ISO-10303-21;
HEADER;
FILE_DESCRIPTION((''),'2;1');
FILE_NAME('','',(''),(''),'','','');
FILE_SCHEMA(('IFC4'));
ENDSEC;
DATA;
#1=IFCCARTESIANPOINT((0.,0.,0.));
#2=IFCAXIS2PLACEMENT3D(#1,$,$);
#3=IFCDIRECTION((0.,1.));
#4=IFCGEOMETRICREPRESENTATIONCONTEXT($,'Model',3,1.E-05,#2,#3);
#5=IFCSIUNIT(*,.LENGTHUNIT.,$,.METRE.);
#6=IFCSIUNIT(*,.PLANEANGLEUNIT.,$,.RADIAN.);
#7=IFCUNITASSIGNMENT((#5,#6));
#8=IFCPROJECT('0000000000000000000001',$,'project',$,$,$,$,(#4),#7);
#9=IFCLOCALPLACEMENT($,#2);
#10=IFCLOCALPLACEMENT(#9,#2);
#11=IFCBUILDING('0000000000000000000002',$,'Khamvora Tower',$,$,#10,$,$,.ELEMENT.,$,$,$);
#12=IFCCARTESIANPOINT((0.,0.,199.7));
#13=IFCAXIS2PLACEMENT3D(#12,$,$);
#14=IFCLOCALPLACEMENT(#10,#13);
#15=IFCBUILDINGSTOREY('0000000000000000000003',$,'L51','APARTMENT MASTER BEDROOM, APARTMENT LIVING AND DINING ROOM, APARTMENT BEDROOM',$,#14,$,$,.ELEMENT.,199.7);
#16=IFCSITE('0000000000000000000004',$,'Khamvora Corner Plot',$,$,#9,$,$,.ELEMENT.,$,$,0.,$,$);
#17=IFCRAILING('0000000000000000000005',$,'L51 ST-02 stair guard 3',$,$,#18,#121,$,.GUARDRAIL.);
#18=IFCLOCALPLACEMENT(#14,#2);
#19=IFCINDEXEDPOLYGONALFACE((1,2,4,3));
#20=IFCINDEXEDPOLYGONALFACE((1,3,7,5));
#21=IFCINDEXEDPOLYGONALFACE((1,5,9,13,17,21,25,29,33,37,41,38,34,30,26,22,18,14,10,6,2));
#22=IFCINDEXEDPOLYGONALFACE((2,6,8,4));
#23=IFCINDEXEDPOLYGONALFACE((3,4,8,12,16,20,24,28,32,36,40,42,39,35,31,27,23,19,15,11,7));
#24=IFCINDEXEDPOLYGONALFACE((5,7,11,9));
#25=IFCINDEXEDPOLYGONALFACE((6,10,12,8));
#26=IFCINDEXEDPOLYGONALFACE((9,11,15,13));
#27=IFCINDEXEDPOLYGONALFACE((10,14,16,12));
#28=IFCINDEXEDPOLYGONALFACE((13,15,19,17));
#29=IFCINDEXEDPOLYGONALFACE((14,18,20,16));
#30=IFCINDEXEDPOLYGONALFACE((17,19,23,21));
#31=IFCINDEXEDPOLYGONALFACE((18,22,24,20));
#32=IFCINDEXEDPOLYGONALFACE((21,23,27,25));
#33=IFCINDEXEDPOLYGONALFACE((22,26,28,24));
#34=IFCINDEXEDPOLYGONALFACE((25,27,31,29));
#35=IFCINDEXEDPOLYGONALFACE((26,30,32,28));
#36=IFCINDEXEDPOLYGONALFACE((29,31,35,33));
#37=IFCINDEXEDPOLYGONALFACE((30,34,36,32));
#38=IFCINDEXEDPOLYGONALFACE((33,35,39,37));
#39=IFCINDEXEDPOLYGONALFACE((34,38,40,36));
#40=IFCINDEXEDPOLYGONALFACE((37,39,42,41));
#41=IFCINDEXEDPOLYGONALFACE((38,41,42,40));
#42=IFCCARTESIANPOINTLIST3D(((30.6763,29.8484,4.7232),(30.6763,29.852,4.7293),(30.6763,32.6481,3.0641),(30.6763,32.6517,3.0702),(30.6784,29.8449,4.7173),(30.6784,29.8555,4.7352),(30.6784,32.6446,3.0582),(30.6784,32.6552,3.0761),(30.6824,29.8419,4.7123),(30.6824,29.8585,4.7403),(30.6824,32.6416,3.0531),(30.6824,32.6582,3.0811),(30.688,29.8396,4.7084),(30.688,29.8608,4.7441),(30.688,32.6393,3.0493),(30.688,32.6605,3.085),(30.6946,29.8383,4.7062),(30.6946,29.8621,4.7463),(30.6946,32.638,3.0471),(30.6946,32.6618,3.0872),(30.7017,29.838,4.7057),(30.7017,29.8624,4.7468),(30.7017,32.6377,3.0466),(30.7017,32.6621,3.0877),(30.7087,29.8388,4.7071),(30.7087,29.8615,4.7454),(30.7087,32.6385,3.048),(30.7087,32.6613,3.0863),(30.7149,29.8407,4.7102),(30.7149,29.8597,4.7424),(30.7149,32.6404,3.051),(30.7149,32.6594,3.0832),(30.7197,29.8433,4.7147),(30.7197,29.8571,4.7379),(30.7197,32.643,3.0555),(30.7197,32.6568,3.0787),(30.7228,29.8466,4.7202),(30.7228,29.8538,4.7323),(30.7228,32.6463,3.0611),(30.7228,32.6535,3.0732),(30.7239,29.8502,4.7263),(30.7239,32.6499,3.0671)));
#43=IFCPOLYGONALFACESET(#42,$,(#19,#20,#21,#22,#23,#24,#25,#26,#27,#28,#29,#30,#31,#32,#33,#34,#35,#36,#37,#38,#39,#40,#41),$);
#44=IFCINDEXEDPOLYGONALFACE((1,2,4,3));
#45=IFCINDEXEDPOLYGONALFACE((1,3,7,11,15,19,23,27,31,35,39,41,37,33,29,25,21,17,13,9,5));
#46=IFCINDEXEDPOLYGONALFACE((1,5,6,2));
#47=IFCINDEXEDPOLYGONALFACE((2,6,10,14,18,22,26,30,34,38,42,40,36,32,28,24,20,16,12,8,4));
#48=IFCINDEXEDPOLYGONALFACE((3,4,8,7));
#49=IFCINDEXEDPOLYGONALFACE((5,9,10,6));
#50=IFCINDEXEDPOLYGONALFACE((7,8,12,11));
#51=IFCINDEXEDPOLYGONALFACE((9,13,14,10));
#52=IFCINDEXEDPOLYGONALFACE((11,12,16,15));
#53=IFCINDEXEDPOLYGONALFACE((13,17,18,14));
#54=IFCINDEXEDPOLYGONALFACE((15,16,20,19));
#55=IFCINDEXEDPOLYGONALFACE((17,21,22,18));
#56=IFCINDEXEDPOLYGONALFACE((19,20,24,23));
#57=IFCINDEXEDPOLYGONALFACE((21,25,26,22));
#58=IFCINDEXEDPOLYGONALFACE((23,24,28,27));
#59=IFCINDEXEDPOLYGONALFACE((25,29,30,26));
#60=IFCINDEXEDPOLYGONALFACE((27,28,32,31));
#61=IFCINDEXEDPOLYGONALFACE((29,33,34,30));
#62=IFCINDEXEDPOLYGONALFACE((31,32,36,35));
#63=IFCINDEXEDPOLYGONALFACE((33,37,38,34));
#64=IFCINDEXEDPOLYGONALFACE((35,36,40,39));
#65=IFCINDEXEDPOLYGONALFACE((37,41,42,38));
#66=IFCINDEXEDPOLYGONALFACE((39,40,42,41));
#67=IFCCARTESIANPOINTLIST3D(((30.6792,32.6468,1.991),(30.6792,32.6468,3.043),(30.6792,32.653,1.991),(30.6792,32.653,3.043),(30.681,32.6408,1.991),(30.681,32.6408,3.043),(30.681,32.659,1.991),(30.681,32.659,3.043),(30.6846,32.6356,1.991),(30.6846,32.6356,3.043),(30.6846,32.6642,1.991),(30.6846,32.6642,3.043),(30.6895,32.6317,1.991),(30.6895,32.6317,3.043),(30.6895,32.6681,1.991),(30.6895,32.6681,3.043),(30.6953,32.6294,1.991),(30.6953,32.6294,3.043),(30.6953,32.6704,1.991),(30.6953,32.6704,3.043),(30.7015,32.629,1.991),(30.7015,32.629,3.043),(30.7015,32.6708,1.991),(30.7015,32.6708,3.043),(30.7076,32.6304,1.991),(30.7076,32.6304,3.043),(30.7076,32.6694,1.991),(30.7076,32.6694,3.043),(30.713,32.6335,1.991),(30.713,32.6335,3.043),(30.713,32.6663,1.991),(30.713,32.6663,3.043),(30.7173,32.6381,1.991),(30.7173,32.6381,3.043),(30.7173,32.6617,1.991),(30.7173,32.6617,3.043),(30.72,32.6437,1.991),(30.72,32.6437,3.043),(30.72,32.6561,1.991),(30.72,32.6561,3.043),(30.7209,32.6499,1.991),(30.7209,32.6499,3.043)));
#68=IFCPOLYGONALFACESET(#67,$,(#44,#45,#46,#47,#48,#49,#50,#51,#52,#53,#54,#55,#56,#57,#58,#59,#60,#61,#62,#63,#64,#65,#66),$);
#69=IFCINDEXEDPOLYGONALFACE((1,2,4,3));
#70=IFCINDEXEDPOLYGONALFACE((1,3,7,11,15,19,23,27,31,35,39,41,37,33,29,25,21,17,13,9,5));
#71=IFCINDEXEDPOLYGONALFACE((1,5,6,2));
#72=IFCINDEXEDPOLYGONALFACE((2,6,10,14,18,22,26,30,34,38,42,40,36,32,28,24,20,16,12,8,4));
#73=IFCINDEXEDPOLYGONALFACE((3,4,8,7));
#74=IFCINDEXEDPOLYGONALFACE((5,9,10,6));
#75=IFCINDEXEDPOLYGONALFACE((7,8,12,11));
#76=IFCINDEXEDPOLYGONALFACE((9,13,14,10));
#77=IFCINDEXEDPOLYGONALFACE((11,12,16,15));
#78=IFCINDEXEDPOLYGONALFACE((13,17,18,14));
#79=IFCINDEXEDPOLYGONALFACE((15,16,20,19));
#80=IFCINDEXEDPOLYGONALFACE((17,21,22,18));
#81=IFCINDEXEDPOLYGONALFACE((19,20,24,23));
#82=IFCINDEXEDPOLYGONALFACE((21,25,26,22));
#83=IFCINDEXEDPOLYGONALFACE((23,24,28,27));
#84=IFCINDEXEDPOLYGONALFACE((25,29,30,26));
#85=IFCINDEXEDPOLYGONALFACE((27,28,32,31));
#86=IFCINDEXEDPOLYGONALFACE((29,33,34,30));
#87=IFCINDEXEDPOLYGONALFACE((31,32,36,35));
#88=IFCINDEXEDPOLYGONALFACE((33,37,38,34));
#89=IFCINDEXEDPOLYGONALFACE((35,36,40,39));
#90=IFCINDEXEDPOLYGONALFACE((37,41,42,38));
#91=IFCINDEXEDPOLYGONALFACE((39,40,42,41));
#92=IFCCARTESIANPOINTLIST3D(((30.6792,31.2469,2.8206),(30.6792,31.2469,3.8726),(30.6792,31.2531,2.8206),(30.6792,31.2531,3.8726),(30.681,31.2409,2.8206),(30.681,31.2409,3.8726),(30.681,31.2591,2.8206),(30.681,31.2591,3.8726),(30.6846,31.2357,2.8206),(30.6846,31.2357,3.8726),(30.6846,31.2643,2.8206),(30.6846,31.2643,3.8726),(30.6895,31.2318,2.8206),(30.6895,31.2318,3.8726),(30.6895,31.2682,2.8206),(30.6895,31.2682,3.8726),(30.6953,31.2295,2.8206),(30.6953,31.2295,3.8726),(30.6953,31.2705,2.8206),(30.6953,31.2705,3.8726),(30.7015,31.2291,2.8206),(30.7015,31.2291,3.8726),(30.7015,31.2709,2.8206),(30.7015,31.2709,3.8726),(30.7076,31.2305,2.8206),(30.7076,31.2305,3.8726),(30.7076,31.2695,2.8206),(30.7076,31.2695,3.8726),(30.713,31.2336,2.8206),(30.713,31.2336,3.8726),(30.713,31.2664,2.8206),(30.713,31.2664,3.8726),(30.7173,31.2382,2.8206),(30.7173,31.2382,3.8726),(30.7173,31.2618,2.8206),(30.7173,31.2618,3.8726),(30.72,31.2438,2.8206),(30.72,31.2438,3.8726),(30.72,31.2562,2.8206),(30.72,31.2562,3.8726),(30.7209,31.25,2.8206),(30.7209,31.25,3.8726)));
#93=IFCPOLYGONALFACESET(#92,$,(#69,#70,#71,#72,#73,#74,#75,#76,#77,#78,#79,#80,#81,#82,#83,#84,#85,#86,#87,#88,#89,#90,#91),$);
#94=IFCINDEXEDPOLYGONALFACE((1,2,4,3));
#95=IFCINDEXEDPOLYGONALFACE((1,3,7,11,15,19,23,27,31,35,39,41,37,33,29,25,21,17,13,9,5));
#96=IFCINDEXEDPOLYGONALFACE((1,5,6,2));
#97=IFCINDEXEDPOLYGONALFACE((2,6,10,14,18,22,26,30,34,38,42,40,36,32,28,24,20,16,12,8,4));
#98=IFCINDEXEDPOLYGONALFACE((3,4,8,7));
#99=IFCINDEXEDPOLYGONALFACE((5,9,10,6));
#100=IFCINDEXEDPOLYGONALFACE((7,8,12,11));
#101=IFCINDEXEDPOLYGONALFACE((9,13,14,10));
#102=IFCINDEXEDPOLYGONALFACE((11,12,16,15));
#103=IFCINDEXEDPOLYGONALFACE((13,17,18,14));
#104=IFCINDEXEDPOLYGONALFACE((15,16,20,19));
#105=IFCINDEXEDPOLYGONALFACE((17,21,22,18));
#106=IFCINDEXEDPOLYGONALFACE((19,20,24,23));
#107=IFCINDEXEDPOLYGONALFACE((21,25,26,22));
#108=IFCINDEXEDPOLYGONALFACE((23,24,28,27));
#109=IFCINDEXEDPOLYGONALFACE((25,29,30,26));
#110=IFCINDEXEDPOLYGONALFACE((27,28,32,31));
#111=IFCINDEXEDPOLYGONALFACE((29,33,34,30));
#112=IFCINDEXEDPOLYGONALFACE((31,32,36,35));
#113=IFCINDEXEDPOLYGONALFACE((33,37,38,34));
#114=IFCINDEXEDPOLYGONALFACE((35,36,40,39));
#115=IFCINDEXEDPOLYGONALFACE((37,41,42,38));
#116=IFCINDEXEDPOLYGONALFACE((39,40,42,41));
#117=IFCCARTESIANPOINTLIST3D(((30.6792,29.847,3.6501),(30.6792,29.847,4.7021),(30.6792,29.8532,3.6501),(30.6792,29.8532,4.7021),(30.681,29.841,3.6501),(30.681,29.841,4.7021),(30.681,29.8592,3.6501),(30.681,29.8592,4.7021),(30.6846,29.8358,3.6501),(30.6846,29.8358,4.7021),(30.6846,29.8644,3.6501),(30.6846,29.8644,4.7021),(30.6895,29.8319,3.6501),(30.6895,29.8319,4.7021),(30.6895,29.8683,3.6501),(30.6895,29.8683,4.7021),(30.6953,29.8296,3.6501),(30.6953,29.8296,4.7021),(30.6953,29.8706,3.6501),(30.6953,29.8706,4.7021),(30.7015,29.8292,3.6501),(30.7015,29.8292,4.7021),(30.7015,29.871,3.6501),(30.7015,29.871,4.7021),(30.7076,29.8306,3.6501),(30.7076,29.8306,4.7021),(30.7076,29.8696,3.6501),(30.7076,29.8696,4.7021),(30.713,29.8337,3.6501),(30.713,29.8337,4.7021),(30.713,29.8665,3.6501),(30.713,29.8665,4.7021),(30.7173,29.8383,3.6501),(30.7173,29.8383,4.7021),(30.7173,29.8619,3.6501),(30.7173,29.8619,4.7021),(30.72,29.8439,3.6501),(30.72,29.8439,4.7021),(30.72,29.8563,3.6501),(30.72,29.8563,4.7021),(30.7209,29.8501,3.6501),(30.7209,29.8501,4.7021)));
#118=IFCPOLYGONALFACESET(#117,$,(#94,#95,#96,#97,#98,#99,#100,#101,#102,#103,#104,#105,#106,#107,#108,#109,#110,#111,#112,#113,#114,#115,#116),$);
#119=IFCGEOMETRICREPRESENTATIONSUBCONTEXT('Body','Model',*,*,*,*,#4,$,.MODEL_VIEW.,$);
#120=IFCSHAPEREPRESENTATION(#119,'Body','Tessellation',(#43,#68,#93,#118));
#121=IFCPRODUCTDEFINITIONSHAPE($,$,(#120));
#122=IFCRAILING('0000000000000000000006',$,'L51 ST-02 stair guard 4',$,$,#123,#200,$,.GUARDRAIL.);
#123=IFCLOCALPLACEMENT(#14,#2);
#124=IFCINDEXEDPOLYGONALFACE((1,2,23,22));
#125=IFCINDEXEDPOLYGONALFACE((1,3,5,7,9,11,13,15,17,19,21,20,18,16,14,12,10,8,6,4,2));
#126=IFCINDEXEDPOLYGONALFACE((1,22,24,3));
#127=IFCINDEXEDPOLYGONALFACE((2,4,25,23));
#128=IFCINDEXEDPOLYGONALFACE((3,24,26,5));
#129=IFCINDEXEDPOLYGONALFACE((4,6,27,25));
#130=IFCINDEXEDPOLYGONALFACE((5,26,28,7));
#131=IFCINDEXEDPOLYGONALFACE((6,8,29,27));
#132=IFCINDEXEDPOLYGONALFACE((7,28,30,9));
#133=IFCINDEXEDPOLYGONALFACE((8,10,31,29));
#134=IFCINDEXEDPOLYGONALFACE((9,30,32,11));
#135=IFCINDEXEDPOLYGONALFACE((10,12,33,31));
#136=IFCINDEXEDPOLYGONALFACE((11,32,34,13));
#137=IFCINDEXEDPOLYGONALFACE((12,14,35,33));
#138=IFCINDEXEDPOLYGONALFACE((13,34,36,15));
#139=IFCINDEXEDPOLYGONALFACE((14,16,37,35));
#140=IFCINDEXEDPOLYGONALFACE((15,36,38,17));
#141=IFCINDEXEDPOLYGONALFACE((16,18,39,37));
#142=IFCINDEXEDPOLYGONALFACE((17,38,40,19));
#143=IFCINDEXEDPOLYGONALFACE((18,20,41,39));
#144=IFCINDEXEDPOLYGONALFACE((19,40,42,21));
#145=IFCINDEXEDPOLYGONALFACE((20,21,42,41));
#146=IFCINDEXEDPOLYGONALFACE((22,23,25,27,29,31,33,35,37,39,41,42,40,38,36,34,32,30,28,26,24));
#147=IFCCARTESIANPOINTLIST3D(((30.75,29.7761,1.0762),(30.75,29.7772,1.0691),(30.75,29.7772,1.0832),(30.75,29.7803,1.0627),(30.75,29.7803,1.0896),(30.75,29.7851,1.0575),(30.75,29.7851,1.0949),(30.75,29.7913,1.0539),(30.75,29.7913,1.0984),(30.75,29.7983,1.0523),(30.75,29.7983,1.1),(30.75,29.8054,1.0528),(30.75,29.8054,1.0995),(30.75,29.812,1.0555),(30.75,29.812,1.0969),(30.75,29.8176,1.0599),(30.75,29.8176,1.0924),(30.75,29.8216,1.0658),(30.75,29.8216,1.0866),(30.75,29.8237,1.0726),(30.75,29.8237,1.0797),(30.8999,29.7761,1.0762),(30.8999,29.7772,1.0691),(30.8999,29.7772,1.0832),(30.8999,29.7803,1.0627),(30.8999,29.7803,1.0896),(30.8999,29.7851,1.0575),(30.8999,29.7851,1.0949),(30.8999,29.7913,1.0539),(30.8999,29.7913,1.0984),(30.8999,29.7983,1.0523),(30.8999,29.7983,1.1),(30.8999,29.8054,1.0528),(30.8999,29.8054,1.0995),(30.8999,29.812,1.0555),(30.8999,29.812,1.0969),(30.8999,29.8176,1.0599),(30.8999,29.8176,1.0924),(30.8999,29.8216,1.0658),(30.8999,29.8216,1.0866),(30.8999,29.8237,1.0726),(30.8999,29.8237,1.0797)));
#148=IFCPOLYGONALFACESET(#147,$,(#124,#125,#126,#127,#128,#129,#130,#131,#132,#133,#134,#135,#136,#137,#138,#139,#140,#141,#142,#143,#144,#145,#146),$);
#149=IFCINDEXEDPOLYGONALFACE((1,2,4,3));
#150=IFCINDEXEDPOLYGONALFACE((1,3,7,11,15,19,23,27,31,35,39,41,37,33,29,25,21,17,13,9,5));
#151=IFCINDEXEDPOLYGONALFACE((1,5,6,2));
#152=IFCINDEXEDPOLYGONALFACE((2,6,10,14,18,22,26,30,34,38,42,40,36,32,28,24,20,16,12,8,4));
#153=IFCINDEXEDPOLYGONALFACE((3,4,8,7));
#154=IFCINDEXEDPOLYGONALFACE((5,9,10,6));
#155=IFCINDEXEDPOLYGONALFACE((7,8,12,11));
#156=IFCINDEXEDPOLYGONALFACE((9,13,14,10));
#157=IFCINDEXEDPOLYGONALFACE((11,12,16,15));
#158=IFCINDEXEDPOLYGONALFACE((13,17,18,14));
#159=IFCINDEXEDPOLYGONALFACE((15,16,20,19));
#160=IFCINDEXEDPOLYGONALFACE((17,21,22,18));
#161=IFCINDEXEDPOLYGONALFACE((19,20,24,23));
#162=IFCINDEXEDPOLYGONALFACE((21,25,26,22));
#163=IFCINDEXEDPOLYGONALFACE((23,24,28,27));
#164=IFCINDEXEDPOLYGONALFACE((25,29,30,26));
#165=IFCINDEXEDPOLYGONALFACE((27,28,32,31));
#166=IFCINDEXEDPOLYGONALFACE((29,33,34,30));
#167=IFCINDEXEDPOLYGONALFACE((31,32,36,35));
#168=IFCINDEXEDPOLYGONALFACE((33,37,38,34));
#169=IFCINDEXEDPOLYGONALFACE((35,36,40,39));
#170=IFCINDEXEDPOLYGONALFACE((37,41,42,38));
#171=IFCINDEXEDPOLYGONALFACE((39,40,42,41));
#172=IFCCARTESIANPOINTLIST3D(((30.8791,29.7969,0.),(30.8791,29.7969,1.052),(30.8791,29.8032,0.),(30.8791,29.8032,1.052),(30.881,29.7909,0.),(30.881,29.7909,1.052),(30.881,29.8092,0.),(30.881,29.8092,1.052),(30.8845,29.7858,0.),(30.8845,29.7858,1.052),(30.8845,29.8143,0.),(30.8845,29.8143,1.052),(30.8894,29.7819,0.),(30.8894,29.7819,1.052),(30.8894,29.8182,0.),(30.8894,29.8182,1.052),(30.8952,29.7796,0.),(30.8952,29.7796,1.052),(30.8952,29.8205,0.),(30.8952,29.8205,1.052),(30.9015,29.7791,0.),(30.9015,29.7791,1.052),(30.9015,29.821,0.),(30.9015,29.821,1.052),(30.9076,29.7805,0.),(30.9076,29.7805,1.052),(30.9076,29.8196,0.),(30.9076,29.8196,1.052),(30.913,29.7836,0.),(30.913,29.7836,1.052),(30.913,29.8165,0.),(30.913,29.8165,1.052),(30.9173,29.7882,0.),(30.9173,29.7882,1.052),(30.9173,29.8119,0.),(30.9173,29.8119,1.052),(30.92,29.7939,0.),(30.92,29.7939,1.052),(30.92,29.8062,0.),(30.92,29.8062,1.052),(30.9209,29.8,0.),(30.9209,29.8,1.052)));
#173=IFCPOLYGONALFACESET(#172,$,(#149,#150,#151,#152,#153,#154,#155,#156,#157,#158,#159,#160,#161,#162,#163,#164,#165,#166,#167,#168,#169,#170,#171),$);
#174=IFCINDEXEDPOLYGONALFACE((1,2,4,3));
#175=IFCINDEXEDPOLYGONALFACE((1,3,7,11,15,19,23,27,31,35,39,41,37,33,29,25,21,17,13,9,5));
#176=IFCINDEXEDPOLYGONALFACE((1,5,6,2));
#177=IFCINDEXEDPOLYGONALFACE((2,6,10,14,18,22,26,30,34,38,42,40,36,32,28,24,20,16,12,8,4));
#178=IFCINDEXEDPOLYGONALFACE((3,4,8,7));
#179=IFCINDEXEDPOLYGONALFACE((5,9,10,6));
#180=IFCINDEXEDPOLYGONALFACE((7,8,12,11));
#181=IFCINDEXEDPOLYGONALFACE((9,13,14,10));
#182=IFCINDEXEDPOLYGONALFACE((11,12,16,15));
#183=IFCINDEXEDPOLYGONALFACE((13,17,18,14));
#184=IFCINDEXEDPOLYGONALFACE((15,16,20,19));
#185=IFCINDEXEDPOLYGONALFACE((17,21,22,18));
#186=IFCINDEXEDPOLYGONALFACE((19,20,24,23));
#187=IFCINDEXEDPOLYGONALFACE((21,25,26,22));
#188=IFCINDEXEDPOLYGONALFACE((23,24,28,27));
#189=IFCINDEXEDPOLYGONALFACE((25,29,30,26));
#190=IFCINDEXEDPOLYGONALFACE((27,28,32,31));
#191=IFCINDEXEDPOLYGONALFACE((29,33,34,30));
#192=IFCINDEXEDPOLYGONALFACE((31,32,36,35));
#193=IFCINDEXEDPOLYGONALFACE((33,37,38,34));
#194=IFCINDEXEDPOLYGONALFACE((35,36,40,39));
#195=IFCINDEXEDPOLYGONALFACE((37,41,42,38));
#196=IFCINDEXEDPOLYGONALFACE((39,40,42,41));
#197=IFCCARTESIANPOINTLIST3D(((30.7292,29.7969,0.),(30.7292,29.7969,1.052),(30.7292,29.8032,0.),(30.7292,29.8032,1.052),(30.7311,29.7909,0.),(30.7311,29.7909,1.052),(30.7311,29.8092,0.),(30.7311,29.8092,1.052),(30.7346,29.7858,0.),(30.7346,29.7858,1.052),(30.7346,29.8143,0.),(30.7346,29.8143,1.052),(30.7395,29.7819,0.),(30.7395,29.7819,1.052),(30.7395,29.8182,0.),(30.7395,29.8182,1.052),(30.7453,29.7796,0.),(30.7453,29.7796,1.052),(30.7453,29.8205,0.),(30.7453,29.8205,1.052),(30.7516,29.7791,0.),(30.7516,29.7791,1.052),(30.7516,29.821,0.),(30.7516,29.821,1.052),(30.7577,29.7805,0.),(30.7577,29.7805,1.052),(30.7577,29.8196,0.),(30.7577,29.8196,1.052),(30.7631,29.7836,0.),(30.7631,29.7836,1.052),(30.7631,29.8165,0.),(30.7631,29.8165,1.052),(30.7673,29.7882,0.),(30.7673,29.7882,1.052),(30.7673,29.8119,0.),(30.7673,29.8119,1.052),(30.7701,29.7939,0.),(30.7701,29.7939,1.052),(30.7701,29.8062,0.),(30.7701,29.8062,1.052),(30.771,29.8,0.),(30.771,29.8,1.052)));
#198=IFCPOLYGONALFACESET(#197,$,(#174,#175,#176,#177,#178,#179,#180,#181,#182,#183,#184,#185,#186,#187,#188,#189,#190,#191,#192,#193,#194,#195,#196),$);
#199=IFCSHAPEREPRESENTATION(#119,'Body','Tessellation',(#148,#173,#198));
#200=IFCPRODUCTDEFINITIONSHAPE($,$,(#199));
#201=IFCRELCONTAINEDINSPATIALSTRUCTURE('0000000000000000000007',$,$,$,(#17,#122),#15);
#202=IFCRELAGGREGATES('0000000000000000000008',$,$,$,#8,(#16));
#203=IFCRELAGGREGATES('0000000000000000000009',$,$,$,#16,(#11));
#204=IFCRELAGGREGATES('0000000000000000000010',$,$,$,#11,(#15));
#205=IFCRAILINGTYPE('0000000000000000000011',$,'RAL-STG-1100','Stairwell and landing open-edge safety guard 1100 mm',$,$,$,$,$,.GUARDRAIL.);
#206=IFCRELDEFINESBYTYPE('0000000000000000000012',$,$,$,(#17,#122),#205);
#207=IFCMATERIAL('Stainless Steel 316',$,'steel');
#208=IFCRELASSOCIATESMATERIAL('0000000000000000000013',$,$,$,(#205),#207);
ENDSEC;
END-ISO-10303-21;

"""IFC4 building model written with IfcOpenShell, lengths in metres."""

from ifc_helpers import new_model, si_unit, direction, frame, origin, origin_2d, place, context, subcontext, project, spatial, circle, extrude, material, type_object, element, save


model = new_model("IFC4")

# Units and contexts
model_context = context("Model", 3, precision=1e-05, world=origin(), true_north=direction((0.0, 1.0)))
body_context = subcontext(model_context, "Body", "Model", "MODEL_VIEW")
ifc_project = project(units=[si_unit("LENGTHUNIT", "METRE"), si_unit("PLANEANGLEUNIT", "RADIAN")], contexts=[model_context])

# Site, building, storey
site_placement = place(None, origin())
site = spatial("IfcSite", under=ifc_project, at=site_placement, Name="Khamvora Corner Plot", CompositionType="ELEMENT", RefElevation=0.0)
building_placement = place(site_placement, origin())
building = spatial("IfcBuilding", under=site, at=building_placement, Name="Khamvora Tower", CompositionType="ELEMENT")
storey_placement = place(building_placement, frame((0.0, 0.0, 199.7)))
storey = spatial("IfcBuildingStorey", under=building, at=storey_placement, Name="L51", Description="APARTMENT MASTER BEDROOM, APARTMENT LIVING AND DINING ROOM, APARTMENT BEDROOM", CompositionType="ELEMENT", Elevation=199.7)

# Railings
ifc_material_1 = material(Name="Stainless Steel 316", Category="steel")
railing_type_1 = type_object("IfcRailingType", Name="RAL-STG-1100", Description="Stairwell and landing open-edge safety guard 1100 mm", PredefinedType="GUARDRAIL", material=ifc_material_1)
railing_1_placement = place(storey_placement, frame((30.7, 32.6499, 1.991)))
element("IfcRailing", 1, at=railing_1_placement, inside=storey, type_object=railing_type_1, Name="L51 ST-02 stair guard 3", PredefinedType="GUARDRAIL", context=body_context, shape_type="SweptSolid", body=[
    extrude(circle(Radius=0.0239, at=origin_2d()), frame((0.0, 0.0, 1.0762), z_axis=(0.0, -0.860287, 0.509811), x_axis=(1.0, 0.0, 0.0)), (0.0, 0.0, 1.0), 3.2544),
    extrude(circle(Radius=0.021, at=origin_2d()), origin(), (0.0, 0.0, 1.0), 1.052),
    extrude(circle(Radius=0.021, at=origin_2d()), frame((0.0, -1.3999, 0.8296)), (0.0, 0.0, 1.0), 1.052),
    extrude(circle(Radius=0.021, at=origin_2d()), frame((0.0, -2.7998, 1.6592)), (0.0, 0.0, 1.0), 1.052),
])
railing_2_placement = place(storey_placement, frame((30.8999, 29.8, 0.0)))
element("IfcRailing", 2, at=railing_2_placement, inside=storey, type_object=railing_type_1, Name="L51 ST-02 stair guard 4", PredefinedType="GUARDRAIL", context=body_context, shape_type="SweptSolid", body=[
    extrude(circle(Radius=0.0239, at=origin_2d()), frame((0.0, 0.0, 1.0762), z_axis=(-1.0, 0.0, 0.0), x_axis=(0.0, -1.0, 0.0)), (0.0, 0.0, 1.0), 0.1499),
    extrude(circle(Radius=0.021, at=origin_2d()), origin(), (0.0, 0.0, 1.0), 1.052),
    extrude(circle(Radius=0.021, at=origin_2d()), frame((-0.1499, 0.0, 0.0)), (0.0, 0.0, 1.0), 1.052),
])

save(model, "model.ifc")
